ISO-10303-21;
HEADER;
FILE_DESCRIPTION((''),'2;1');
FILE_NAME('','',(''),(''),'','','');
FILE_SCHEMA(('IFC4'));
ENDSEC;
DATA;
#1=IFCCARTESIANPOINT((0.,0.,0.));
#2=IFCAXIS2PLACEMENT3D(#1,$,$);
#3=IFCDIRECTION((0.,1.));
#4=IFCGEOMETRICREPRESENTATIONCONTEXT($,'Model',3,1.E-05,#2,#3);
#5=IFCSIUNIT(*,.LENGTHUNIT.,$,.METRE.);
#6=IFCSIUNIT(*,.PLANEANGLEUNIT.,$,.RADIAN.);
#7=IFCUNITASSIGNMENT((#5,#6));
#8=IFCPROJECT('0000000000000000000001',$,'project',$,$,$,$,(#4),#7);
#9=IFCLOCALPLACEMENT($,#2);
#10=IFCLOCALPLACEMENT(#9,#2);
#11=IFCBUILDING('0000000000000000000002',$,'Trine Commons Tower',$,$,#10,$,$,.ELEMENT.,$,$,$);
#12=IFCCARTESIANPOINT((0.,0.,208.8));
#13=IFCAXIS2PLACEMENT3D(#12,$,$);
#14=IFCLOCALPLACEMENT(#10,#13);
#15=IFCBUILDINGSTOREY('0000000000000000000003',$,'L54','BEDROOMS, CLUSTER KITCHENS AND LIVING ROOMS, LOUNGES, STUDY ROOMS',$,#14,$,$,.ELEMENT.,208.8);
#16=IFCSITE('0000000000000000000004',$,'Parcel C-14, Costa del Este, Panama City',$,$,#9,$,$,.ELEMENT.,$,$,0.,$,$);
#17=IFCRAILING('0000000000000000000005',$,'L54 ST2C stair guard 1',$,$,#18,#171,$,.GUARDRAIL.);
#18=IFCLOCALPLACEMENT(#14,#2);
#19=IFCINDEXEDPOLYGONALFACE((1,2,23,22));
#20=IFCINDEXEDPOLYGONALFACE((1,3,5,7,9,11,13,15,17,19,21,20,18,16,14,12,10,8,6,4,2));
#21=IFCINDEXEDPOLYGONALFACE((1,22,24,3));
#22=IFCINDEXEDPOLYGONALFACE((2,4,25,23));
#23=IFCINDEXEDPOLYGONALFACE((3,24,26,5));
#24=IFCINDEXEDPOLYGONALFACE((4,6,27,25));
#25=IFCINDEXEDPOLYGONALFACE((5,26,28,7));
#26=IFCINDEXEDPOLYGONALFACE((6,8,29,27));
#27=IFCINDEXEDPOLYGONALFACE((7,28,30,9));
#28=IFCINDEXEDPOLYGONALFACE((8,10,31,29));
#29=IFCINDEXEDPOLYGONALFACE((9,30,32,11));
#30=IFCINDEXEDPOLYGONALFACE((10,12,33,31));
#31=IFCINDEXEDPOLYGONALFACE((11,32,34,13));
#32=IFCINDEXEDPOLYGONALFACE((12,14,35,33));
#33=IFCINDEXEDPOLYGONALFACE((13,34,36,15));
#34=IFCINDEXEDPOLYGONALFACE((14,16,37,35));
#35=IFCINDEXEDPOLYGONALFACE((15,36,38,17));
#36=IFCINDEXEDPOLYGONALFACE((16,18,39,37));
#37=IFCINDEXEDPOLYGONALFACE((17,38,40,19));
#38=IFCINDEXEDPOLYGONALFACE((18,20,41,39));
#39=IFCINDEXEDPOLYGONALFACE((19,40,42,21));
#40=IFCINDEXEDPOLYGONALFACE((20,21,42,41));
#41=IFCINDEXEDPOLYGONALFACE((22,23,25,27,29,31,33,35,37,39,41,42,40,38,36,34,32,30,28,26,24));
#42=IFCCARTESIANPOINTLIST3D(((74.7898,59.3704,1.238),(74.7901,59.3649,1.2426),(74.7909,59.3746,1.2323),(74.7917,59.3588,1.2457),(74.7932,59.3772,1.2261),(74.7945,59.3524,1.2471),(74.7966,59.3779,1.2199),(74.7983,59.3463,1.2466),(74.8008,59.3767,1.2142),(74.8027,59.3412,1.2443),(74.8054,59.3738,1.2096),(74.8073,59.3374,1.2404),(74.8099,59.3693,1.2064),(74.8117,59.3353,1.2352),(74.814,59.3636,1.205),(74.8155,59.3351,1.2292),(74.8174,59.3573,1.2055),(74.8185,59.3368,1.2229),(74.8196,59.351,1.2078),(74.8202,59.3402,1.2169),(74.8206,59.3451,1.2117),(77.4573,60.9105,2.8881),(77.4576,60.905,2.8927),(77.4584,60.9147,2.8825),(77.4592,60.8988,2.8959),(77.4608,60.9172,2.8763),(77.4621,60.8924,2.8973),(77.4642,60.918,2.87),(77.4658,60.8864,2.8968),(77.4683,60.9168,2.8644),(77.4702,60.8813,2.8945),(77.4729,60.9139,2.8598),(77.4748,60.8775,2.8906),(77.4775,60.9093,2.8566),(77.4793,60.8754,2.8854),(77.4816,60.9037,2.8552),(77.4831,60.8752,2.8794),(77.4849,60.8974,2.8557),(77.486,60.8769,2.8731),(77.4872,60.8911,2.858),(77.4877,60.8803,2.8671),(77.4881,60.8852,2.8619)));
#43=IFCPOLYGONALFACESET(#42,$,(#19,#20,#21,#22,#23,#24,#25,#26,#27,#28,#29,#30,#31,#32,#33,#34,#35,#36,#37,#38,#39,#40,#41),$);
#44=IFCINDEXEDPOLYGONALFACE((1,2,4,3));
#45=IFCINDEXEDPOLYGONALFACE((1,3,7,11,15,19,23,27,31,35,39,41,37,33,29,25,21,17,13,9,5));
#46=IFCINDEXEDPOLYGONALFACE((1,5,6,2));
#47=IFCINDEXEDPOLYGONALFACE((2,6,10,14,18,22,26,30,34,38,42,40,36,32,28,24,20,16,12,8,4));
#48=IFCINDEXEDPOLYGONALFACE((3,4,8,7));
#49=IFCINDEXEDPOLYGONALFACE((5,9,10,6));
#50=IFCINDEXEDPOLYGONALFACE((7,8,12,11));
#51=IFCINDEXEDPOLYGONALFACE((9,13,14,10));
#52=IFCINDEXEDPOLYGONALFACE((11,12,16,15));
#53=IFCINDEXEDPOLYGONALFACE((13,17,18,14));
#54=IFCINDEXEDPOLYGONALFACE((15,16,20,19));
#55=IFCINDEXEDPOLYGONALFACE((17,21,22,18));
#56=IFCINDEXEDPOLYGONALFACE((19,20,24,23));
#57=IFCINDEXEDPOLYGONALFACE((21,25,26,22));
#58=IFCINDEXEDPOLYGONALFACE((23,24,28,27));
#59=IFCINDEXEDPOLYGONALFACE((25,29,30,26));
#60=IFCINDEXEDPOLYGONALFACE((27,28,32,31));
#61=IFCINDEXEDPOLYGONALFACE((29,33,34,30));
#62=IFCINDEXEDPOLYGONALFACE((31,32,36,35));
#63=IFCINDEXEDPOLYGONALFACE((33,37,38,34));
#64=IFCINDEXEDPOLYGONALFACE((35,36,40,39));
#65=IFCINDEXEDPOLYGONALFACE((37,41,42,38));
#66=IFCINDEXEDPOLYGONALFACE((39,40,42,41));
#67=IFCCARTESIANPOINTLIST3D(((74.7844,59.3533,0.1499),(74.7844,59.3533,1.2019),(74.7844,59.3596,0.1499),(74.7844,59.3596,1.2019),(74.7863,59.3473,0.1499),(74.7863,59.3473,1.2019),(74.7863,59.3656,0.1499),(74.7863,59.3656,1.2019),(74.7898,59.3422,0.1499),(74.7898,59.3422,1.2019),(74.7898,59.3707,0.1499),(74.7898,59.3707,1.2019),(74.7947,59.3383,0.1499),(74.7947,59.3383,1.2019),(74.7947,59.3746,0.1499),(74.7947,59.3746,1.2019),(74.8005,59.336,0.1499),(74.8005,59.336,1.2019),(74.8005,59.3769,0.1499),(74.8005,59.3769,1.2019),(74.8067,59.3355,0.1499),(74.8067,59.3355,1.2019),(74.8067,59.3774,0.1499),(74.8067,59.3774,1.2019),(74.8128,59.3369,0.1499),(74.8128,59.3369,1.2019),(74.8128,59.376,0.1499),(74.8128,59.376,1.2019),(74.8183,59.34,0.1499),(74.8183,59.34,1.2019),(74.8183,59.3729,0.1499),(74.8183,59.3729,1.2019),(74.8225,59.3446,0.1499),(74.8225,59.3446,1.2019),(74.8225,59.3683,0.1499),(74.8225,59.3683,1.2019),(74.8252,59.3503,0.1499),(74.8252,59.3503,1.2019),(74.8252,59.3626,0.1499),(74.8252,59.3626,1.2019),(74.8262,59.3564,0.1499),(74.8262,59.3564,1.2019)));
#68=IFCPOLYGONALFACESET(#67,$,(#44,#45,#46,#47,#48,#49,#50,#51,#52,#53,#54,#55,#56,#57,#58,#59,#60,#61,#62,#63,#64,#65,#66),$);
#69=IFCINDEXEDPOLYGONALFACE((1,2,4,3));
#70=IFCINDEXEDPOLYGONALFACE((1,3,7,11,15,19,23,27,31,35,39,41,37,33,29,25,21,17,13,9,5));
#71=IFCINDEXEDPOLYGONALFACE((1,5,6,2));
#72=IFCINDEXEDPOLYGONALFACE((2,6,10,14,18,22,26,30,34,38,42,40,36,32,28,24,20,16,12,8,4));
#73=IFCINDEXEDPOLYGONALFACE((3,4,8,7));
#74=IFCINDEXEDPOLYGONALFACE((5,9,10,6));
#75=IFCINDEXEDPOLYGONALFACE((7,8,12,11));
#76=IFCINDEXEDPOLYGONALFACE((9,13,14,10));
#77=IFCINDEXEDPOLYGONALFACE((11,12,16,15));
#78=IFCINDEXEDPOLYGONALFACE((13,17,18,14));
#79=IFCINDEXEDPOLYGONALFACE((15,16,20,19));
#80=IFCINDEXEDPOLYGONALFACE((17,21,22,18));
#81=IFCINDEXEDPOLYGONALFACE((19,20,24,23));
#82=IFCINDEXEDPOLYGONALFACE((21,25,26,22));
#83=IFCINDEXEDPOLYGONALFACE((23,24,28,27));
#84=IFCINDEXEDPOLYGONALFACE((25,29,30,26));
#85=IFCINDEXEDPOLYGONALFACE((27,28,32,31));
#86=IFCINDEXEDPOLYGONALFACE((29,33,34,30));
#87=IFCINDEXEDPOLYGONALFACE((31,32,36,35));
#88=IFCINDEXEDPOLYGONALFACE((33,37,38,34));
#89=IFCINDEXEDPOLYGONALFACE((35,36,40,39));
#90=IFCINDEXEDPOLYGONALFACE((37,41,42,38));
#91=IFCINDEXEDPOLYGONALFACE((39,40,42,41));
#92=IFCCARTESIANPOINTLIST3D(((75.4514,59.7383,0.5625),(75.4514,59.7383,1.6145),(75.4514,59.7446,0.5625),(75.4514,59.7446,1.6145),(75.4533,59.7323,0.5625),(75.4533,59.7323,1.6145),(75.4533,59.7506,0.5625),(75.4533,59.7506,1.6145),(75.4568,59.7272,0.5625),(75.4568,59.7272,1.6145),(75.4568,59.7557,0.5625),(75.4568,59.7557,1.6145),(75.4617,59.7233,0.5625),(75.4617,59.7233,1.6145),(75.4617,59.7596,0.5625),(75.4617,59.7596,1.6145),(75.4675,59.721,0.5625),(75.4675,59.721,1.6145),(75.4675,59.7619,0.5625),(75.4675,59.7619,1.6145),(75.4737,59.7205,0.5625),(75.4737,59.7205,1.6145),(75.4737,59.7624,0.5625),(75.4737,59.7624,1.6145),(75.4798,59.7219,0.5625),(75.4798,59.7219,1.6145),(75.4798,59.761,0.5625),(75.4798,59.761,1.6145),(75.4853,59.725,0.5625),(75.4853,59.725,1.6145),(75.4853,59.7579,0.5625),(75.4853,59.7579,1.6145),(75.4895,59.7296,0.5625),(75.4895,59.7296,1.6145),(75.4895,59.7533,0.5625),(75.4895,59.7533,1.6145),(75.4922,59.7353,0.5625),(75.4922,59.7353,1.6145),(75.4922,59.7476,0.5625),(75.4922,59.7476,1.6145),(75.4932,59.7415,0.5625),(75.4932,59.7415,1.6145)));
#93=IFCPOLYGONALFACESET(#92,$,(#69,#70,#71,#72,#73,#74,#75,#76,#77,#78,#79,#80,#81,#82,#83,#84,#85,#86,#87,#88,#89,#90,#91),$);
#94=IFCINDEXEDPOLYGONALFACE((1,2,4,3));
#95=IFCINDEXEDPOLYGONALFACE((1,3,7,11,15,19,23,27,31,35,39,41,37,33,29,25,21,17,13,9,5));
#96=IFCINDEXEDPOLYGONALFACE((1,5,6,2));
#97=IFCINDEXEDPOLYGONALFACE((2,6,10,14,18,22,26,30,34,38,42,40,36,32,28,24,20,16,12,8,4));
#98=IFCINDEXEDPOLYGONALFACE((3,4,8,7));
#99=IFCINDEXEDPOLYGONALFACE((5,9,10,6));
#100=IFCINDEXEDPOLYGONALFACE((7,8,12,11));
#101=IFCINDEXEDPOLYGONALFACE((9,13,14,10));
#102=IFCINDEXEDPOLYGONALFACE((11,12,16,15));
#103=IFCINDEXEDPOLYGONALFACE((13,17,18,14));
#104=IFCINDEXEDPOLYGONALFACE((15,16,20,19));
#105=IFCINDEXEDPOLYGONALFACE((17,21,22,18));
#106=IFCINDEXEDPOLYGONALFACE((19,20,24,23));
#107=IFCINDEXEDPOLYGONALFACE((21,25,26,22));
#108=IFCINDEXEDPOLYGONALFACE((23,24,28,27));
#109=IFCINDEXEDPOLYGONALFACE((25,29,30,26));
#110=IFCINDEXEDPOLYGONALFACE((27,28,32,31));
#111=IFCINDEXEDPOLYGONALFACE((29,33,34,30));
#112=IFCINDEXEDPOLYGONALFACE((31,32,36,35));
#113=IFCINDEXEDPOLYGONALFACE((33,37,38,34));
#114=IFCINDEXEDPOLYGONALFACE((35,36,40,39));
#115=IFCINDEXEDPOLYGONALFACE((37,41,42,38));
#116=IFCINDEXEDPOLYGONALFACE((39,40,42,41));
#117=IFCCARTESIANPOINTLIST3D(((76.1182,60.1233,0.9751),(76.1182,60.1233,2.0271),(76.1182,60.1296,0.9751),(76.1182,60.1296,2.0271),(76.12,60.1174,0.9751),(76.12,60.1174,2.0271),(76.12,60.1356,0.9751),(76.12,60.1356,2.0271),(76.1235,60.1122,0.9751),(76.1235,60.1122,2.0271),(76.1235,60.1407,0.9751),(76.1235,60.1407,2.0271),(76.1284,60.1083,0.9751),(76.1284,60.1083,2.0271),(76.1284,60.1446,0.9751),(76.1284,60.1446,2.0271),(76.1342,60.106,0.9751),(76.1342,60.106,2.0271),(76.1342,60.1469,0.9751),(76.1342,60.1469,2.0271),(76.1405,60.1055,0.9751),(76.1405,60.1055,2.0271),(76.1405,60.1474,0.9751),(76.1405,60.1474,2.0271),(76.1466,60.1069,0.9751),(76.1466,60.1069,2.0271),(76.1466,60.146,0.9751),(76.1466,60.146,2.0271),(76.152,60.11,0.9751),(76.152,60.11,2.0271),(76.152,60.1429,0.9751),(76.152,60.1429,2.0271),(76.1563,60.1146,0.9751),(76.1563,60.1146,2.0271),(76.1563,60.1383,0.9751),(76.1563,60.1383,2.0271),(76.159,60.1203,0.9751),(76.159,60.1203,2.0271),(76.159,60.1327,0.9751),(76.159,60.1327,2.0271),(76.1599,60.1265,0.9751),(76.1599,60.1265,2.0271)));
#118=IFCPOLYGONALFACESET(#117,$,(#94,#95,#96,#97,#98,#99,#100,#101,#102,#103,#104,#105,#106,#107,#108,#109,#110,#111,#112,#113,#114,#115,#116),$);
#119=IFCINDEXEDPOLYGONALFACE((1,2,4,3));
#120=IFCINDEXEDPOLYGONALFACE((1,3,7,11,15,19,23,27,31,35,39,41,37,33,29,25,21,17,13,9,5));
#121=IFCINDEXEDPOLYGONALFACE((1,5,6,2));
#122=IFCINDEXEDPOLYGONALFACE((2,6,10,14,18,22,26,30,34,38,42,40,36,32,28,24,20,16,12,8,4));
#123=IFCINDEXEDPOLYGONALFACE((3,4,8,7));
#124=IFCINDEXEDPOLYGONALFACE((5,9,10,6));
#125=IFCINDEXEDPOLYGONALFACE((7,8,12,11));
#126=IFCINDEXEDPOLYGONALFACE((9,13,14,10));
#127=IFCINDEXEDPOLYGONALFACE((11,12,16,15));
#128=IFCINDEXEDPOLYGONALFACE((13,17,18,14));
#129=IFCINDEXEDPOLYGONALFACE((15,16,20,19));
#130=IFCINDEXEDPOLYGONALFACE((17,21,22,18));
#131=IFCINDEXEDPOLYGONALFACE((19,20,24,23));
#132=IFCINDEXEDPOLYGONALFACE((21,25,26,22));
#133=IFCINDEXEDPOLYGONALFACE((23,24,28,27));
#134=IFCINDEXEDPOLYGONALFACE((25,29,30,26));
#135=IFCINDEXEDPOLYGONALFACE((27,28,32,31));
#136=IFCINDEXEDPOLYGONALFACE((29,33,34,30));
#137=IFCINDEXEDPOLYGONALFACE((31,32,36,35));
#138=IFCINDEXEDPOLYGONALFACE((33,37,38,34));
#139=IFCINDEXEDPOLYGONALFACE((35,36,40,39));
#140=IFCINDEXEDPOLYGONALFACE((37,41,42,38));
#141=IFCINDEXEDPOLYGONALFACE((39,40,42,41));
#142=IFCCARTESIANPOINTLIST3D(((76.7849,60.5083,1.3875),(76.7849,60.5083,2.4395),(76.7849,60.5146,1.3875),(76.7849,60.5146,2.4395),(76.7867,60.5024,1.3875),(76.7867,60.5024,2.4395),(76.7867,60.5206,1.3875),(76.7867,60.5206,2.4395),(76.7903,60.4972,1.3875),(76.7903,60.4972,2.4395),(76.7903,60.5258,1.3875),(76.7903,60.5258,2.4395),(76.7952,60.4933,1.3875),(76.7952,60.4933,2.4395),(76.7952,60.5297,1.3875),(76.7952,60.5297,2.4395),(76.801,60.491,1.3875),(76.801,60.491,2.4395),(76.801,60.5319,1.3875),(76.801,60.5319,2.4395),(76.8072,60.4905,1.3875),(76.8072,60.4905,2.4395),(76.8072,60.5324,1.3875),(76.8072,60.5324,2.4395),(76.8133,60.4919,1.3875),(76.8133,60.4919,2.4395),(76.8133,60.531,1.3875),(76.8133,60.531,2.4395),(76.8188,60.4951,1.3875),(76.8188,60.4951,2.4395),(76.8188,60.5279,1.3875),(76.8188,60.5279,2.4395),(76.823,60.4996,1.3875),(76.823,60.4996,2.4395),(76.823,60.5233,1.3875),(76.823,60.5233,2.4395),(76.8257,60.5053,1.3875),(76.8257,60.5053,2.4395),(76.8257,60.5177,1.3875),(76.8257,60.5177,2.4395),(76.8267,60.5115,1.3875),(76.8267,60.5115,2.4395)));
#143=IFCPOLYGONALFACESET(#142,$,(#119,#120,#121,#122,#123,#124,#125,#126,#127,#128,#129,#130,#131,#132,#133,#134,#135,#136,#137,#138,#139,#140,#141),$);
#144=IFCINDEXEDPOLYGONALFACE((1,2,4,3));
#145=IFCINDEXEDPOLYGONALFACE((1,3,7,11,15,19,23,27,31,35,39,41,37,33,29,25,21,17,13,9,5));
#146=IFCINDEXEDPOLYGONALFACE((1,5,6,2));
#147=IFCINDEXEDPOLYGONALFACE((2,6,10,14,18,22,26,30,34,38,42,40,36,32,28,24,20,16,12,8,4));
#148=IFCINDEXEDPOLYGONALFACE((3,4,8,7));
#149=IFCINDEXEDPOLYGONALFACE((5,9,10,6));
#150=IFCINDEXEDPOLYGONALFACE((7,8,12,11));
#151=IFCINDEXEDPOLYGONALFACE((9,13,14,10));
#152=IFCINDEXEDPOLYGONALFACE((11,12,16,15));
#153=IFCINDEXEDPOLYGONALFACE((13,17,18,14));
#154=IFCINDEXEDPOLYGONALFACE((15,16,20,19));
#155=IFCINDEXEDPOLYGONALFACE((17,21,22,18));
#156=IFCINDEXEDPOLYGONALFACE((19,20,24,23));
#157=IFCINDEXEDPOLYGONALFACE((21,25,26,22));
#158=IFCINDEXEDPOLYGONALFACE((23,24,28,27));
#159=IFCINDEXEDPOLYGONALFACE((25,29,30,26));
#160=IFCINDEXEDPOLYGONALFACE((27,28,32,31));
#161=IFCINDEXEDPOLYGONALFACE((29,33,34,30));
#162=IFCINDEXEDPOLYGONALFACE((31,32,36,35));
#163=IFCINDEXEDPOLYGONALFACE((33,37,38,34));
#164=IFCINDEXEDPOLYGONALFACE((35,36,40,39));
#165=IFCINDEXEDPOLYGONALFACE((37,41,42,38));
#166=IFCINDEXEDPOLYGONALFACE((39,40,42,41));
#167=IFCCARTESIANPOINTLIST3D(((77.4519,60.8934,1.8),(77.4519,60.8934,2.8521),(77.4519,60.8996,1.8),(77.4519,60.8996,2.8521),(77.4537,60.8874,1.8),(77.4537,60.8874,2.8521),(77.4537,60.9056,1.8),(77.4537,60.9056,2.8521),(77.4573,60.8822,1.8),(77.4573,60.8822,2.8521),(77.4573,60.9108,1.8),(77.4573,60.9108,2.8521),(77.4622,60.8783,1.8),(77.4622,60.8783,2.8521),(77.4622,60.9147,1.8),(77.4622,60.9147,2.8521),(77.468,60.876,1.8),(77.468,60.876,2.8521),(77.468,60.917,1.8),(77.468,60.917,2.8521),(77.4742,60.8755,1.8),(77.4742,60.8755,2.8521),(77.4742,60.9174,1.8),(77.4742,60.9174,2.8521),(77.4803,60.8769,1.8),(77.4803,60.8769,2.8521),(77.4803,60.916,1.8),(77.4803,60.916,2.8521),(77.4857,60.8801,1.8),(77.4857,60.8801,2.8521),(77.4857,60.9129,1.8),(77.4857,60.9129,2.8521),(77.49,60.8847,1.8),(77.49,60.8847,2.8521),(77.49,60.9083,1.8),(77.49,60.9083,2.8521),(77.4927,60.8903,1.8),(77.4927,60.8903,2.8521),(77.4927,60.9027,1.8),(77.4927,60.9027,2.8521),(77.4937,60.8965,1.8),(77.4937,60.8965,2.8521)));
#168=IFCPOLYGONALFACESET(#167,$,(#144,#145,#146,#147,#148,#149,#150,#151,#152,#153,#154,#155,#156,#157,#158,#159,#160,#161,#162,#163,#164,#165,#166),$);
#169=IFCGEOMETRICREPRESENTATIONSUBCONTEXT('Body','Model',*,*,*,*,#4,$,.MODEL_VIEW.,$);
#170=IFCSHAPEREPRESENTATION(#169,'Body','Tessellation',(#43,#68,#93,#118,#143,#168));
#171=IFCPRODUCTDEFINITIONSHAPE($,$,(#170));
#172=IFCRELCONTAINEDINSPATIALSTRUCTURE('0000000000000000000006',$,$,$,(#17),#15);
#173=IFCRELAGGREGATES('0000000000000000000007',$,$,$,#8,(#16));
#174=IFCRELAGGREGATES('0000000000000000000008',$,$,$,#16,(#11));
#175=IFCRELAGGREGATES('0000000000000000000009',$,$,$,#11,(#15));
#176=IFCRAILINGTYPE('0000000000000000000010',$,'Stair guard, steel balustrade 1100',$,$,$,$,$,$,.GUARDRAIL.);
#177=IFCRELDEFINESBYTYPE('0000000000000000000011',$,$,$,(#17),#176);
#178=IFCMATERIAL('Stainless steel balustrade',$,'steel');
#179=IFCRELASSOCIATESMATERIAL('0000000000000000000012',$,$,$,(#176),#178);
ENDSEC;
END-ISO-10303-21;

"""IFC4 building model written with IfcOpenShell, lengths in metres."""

from ifc_helpers import new_model, si_unit, direction, frame, origin, origin_2d, place, context, subcontext, project, spatial, circle, extrude, material, type_object, element, save


model = new_model("IFC4")

# Units and contexts
model_context = context("Model", 3, precision=1e-05, world=origin(), true_north=direction((0.0, 1.0)))
body_context = subcontext(model_context, "Body", "Model", "MODEL_VIEW")
ifc_project = project(units=[si_unit("LENGTHUNIT", "METRE"), si_unit("PLANEANGLEUNIT", "RADIAN")], contexts=[model_context])

# Site, building, storey
site_placement = place(None, origin())
site = spatial("IfcSite", under=ifc_project, at=site_placement, Name="Parcel C-14, Costa del Este, Panama City", CompositionType="ELEMENT", RefElevation=0.0)
building_placement = place(site_placement, origin())
building = spatial("IfcBuilding", under=site, at=building_placement, Name="Trine Commons Tower", CompositionType="ELEMENT")
storey_placement = place(building_placement, frame((0.0, 0.0, 208.8)))
storey = spatial("IfcBuildingStorey", under=building, at=storey_placement, Name="L54", Description="BEDROOMS, CLUSTER KITCHENS AND LIVING ROOMS, LOUNGES, STUDY ROOMS", CompositionType="ELEMENT", Elevation=208.8)

# Railing
ifc_material_1 = material(Name="Stainless steel balustrade", Category="steel")
railing_type_1 = type_object("IfcRailingType", Name="Stair guard, steel balustrade 1100", PredefinedType="GUARDRAIL", material=ifc_material_1)
railing_1_placement = place(storey_placement, frame((74.8052, 59.3564, 0.1499)))
element("IfcRailing", 1, at=railing_1_placement, inside=storey, type_object=railing_type_1, Name="L54 ST2C stair guard 1", PredefinedType="GUARDRAIL", context=body_context, shape_type="SweptSolid", body=[
    extrude(circle(Radius=0.0239, at=origin_2d()), frame((0.0, 0.0, 1.0762), z_axis=(0.76338, 0.440728, 0.472239), x_axis=(-0.499992, 0.86603, 0.0)), (0.0, 0.0, 1.0), 3.4944),
    extrude(circle(Radius=0.021, at=origin_2d()), origin(), (0.0, 0.0, 1.0), 1.052),
    extrude(circle(Radius=0.021, at=origin_2d()), frame((0.667, 0.385, 0.4126)), (0.0, 0.0, 1.0), 1.052),
    extrude(circle(Radius=0.021, at=origin_2d()), frame((1.3337, 0.77, 0.8252)), (0.0, 0.0, 1.0), 1.052),
    extrude(circle(Radius=0.021, at=origin_2d()), frame((2.0005, 1.155, 1.2375)), (0.0, 0.0, 1.0), 1.052),
    extrude(circle(Radius=0.021, at=origin_2d()), frame((2.6675, 1.54, 1.6501)), (0.0, 0.0, 1.0), 1.052),
])

save(model, "model.ifc")
